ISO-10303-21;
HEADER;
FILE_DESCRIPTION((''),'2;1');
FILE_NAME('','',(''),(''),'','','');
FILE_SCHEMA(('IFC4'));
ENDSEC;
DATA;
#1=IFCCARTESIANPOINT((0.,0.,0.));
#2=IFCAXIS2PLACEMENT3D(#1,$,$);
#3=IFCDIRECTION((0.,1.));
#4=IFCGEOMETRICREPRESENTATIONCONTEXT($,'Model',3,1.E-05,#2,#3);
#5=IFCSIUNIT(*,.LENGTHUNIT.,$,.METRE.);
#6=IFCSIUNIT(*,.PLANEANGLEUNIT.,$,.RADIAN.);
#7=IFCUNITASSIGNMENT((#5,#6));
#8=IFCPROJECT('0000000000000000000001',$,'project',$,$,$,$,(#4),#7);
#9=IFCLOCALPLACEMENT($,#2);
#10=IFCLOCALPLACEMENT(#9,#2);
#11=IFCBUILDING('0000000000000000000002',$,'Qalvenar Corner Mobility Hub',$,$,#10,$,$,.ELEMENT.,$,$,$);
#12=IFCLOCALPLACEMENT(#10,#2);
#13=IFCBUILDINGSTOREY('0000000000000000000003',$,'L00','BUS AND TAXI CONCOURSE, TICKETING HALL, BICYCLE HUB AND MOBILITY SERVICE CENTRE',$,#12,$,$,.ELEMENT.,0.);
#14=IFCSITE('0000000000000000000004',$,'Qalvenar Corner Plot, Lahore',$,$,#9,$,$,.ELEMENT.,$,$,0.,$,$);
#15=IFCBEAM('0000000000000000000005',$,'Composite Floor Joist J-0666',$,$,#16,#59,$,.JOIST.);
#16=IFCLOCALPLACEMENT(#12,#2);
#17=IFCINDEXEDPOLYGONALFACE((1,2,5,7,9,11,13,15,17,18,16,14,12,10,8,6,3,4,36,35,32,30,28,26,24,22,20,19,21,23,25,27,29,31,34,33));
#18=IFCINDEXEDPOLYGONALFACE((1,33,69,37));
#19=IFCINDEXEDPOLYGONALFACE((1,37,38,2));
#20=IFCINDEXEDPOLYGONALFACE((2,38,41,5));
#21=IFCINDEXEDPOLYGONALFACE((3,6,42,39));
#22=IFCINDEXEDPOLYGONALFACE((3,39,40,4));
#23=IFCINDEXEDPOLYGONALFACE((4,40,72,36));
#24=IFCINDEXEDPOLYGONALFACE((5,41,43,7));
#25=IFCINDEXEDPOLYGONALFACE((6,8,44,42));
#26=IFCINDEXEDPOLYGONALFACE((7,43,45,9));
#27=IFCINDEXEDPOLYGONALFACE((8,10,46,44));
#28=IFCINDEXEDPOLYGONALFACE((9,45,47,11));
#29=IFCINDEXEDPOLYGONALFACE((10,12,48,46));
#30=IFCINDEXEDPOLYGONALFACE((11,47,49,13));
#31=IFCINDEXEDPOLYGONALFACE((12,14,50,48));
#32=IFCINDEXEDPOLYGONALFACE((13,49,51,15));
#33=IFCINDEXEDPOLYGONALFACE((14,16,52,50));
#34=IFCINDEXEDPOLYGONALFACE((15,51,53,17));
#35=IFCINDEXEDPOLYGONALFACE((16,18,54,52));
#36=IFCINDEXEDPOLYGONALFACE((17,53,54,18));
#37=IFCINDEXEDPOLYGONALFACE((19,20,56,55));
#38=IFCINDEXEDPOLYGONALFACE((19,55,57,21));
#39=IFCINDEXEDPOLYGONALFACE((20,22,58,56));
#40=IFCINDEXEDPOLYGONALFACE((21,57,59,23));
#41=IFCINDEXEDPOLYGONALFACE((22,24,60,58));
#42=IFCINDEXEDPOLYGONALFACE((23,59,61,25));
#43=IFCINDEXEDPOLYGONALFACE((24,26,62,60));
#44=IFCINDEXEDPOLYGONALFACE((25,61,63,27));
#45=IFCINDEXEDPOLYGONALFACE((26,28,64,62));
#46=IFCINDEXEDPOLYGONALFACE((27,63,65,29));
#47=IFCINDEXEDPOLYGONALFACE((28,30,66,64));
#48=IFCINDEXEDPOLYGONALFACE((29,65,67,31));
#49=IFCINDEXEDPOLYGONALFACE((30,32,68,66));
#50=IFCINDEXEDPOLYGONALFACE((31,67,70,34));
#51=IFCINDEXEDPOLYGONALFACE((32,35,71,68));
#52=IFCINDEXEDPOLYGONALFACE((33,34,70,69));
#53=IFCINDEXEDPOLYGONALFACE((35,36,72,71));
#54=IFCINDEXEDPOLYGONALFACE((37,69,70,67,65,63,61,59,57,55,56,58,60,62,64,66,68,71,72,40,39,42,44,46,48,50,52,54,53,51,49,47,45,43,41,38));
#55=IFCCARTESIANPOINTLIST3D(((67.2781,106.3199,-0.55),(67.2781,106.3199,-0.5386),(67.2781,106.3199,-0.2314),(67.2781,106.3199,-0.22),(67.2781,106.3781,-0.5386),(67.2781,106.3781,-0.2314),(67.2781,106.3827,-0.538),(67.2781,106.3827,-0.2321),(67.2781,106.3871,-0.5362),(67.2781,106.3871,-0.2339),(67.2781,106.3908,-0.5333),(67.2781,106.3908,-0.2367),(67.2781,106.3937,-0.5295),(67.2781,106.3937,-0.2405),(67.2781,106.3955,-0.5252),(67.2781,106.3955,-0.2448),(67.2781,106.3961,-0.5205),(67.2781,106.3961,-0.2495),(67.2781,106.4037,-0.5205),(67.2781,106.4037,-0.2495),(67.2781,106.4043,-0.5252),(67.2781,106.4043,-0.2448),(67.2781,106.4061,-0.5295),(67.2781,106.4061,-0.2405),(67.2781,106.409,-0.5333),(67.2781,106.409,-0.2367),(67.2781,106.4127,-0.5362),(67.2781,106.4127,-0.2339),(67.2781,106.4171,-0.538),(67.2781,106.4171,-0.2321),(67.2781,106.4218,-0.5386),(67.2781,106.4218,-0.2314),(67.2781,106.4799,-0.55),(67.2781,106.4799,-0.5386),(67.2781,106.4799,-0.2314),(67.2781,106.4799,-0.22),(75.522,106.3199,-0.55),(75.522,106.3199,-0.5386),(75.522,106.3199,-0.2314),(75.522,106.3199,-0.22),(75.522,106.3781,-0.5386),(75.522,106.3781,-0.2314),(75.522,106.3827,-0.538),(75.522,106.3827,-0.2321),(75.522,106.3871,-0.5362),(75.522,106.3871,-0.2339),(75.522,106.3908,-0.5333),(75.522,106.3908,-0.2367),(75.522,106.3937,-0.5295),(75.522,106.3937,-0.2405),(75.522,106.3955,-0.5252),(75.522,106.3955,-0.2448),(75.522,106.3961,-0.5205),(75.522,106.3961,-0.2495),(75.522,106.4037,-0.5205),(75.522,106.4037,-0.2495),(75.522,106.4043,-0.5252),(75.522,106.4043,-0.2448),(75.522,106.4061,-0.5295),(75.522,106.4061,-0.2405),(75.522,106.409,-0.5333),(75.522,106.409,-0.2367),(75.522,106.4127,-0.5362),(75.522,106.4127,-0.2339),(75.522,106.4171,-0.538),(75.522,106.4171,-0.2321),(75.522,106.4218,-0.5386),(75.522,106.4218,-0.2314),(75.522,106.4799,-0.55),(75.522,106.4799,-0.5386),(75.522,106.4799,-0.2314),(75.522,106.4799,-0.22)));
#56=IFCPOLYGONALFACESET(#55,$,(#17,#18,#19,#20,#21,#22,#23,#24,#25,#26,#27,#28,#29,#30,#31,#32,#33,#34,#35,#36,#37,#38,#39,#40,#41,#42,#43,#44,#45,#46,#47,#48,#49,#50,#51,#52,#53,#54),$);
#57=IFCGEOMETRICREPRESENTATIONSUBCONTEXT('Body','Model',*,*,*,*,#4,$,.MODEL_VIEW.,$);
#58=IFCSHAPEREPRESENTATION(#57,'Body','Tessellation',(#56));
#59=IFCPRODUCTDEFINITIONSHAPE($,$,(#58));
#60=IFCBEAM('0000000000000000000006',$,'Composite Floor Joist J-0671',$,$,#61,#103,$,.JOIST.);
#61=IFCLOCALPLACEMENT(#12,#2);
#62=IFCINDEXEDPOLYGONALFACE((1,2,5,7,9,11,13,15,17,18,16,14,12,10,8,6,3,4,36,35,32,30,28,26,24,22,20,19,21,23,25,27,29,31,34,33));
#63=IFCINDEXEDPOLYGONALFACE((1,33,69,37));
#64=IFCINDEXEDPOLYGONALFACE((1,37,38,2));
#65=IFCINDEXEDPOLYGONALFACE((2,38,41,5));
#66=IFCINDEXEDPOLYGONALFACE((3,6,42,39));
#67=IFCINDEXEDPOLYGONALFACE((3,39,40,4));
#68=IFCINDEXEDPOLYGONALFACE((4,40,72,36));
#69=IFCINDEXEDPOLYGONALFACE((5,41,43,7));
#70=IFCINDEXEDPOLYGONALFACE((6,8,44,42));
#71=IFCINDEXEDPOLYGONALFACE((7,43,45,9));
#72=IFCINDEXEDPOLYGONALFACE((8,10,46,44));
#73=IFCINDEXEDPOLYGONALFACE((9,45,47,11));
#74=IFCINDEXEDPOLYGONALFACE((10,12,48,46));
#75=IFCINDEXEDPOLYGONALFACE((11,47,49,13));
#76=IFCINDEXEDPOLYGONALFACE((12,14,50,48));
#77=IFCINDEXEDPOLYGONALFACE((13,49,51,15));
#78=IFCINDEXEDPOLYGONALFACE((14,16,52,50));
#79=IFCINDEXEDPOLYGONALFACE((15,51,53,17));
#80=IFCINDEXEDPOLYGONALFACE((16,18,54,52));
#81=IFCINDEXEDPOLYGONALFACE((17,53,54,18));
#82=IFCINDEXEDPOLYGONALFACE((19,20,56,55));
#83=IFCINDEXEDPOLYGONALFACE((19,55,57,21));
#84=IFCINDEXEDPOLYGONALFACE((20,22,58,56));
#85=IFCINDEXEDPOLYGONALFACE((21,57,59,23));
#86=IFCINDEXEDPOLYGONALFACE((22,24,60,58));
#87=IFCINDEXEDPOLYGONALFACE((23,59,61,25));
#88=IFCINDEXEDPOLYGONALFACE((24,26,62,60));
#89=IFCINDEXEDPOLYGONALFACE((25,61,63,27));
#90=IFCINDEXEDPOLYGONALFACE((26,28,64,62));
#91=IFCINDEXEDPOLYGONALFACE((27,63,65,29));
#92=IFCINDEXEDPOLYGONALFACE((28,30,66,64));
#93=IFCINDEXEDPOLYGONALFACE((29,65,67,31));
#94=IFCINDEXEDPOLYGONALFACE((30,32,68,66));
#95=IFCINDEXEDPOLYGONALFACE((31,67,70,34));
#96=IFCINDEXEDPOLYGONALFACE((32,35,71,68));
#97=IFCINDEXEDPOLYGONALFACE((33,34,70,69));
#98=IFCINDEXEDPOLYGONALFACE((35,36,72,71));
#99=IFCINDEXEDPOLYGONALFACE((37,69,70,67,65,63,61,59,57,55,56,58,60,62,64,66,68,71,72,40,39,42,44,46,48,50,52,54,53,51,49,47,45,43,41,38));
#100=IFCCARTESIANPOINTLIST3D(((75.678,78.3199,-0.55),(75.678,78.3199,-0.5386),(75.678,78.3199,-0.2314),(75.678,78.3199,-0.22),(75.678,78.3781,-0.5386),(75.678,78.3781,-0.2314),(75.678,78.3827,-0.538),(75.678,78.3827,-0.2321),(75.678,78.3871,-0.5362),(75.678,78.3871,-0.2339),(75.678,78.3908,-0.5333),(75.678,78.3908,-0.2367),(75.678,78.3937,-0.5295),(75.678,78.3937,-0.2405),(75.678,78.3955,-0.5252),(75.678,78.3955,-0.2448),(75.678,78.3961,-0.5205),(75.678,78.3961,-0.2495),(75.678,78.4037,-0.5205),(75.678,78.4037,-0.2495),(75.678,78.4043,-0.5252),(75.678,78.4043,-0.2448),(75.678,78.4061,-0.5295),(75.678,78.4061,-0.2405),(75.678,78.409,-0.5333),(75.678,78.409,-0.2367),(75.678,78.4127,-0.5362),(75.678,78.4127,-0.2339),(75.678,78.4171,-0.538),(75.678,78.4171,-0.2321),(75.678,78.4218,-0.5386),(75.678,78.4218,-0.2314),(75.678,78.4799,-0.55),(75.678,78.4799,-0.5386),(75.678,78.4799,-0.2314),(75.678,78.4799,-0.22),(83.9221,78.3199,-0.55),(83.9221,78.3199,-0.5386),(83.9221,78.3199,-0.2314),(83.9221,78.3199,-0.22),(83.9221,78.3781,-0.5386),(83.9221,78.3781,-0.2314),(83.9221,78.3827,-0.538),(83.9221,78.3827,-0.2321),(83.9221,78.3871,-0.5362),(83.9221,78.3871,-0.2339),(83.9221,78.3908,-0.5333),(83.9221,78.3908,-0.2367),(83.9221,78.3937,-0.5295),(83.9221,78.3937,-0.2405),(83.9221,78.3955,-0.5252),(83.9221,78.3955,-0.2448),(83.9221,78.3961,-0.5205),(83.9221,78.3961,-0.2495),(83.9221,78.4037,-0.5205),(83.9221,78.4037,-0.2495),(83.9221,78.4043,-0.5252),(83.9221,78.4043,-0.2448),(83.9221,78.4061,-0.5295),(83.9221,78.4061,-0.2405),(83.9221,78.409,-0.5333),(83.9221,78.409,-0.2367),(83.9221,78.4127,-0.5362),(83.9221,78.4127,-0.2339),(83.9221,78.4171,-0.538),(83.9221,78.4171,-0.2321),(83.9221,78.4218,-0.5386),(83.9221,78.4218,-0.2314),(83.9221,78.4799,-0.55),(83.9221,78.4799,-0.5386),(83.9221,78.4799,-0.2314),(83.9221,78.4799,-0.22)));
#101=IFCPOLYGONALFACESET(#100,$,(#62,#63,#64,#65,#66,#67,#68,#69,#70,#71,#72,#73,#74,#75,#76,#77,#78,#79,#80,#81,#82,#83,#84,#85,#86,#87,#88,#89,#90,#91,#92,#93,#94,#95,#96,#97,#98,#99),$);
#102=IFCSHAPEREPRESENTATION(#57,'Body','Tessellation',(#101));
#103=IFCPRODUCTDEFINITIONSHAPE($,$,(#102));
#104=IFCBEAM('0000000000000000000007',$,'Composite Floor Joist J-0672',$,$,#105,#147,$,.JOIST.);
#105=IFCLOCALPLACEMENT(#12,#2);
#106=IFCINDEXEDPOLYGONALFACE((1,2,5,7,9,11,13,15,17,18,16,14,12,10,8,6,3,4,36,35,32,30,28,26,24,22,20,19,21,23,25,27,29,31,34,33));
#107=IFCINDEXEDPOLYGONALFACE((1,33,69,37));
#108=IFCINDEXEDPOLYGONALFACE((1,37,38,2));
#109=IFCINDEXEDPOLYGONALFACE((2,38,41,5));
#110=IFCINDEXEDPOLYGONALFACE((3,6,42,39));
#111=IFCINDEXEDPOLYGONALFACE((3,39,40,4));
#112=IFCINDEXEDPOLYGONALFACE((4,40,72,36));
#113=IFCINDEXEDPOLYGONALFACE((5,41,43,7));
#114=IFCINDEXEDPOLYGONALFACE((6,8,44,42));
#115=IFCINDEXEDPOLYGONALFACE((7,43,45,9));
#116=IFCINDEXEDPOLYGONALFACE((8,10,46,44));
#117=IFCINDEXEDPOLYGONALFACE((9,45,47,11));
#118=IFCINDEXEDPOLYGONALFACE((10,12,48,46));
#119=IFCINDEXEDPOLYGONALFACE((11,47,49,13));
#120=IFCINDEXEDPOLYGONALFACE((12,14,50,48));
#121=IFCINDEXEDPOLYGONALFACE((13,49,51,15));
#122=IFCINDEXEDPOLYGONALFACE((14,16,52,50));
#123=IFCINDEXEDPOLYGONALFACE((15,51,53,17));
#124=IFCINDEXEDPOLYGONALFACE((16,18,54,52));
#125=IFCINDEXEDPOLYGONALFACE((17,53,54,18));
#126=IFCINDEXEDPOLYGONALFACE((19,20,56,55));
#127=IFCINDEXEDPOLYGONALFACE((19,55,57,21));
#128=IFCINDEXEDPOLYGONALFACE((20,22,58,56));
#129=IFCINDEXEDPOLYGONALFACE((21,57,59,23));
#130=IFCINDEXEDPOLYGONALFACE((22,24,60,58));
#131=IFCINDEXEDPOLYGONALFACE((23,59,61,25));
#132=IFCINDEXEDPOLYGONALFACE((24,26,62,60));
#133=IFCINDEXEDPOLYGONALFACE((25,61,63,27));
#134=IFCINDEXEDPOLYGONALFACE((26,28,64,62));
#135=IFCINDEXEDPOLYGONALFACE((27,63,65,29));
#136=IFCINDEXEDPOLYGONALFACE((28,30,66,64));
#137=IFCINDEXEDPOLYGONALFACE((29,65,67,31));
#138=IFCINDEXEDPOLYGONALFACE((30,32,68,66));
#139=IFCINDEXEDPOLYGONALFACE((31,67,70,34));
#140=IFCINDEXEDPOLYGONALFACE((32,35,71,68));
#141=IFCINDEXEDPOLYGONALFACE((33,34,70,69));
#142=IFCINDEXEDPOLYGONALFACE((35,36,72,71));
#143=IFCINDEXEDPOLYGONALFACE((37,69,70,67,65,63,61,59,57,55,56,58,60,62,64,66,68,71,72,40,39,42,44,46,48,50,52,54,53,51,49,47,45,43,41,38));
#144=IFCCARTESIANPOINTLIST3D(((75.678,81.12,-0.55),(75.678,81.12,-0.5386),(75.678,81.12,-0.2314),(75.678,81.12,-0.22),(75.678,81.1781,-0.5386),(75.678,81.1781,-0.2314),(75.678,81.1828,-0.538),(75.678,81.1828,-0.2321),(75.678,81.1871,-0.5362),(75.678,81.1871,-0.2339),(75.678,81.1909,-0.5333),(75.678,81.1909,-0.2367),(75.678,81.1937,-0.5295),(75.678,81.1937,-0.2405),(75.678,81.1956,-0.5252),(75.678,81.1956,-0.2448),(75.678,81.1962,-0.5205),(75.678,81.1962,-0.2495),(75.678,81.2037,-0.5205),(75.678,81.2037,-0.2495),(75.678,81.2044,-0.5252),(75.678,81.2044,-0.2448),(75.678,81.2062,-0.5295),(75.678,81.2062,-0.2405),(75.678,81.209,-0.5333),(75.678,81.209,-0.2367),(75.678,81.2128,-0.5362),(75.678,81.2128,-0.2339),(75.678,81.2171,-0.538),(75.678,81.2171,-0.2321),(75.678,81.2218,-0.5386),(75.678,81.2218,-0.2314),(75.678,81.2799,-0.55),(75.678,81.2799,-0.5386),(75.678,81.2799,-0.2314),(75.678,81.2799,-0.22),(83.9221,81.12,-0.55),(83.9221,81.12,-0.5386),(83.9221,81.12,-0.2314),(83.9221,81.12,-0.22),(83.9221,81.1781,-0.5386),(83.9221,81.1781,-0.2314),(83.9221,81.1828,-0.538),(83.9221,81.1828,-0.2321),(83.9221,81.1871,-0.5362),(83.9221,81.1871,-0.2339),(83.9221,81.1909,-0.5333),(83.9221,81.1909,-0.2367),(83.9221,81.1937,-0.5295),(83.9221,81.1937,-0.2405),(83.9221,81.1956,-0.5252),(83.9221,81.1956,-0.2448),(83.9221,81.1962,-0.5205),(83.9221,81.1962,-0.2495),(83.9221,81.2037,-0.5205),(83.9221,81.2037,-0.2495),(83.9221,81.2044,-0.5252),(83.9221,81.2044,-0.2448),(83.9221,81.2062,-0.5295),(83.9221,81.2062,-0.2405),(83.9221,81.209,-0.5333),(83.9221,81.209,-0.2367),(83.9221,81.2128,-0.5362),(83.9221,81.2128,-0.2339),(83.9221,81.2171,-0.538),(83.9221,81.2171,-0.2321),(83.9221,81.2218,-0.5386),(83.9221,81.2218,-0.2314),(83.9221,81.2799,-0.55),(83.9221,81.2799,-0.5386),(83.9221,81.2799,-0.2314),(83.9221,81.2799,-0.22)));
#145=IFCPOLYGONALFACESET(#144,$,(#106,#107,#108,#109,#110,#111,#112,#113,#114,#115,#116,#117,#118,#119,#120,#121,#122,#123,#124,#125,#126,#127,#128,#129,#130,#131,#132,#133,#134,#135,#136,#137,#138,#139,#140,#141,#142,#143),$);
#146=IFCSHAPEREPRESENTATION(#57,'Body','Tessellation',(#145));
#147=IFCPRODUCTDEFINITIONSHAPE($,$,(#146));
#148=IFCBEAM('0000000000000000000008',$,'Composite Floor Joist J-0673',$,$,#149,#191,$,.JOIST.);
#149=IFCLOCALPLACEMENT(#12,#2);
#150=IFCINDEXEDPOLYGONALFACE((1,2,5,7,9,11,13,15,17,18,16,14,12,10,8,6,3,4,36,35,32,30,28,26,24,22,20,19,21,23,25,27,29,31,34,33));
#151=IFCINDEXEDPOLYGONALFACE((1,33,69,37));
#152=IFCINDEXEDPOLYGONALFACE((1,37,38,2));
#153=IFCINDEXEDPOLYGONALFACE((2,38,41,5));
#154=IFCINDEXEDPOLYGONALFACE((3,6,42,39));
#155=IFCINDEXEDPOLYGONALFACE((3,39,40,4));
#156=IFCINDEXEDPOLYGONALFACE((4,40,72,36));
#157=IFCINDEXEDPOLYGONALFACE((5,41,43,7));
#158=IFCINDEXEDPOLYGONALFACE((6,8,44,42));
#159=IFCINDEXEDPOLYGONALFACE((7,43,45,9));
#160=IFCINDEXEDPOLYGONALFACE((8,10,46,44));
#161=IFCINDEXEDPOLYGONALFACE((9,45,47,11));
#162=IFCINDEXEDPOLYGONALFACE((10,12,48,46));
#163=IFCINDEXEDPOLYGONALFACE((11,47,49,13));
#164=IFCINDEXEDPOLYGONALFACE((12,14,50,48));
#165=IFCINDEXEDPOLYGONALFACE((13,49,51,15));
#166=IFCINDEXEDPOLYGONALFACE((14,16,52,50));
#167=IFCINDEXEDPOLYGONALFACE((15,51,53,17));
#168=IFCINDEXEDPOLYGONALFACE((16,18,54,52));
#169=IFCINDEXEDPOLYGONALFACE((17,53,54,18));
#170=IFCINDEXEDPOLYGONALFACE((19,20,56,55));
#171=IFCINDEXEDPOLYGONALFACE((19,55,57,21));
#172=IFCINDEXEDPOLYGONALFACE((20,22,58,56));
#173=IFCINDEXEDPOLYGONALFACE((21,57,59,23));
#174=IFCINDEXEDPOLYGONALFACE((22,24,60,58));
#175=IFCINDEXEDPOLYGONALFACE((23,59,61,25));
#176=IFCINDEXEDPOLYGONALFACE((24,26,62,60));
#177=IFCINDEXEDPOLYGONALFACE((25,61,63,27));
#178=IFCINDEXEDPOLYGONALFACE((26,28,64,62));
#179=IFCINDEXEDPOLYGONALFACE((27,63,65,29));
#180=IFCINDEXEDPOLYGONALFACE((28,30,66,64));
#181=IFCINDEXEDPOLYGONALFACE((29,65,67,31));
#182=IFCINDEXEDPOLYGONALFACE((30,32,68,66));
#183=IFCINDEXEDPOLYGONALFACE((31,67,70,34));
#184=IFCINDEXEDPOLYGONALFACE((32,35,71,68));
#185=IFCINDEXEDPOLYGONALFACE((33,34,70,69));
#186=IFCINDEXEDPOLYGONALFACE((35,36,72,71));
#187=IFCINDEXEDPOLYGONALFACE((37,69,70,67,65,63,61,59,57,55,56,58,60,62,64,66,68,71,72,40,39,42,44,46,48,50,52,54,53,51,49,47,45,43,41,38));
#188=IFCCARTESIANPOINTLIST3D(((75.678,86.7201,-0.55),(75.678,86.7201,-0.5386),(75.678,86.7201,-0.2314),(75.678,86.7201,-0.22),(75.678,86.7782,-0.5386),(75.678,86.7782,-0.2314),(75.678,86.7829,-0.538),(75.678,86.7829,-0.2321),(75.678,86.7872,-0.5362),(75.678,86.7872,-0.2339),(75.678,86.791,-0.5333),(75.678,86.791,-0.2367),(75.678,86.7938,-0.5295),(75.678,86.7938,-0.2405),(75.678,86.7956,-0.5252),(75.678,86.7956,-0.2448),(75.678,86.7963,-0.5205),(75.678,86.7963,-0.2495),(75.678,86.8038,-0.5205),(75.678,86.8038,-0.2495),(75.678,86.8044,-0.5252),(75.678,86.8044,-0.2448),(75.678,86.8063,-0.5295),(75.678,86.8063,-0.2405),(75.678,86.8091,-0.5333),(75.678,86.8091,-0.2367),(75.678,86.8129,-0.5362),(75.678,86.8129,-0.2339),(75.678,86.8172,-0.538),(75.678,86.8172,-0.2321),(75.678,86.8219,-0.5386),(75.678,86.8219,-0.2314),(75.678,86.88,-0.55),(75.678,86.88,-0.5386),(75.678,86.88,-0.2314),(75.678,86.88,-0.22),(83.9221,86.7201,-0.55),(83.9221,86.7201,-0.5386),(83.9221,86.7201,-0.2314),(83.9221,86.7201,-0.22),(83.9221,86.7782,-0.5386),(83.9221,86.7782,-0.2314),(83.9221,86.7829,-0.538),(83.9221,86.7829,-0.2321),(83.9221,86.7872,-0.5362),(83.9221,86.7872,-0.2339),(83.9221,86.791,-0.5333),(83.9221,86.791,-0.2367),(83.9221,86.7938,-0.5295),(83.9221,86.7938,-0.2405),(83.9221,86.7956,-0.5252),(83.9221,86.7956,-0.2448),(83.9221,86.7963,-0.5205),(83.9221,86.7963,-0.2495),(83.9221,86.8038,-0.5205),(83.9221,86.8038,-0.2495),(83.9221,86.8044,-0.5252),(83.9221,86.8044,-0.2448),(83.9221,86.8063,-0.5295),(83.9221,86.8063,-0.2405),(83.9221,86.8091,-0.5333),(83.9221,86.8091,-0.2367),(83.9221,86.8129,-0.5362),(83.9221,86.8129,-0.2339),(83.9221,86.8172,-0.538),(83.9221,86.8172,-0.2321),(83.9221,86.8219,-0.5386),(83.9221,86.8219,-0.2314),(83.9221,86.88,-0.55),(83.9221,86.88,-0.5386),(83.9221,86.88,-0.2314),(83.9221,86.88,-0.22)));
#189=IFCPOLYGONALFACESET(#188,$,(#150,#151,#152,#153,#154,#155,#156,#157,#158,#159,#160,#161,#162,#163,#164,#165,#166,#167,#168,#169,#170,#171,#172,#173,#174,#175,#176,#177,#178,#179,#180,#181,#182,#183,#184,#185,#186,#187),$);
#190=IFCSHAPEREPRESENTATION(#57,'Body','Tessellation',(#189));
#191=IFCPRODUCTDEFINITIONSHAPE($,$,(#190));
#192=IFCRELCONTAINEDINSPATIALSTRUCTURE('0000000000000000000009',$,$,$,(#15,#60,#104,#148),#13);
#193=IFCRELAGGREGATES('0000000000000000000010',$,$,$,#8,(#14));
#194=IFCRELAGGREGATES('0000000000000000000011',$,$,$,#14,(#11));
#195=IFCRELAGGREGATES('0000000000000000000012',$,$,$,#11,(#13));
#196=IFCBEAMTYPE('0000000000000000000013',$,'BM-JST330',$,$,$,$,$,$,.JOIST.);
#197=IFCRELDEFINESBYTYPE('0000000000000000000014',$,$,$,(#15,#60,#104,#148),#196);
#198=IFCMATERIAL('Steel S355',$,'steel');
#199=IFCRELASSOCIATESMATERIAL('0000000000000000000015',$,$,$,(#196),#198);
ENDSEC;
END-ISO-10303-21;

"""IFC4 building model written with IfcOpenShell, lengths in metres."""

from ifc_helpers import new_model, si_unit, direction, frame, origin, origin_2d, place, context, subcontext, project, spatial, i_section, extrude, material, material_profile, profile_set, type_object, element, save


model = new_model("IFC4")

# Units and contexts
model_context = context("Model", 3, precision=1e-05, world=origin(), true_north=direction((0.0, 1.0)))
body_context = subcontext(model_context, "Body", "Model", "MODEL_VIEW")
ifc_project = project(units=[si_unit("LENGTHUNIT", "METRE"), si_unit("PLANEANGLEUNIT", "RADIAN")], contexts=[model_context])

# Site, building, storey
site_placement = place(None, origin())
site = spatial("IfcSite", under=ifc_project, at=site_placement, Name="Qalvenar Corner Plot, Lahore", CompositionType="ELEMENT", RefElevation=0.0)
building_placement = place(site_placement, origin())
building = spatial("IfcBuilding", under=site, at=building_placement, Name="Qalvenar Corner Mobility Hub", CompositionType="ELEMENT")
storey_placement = place(building_placement, origin())
storey = spatial("IfcBuildingStorey", under=building, at=storey_placement, Name="L00", Description="BUS AND TAXI CONCOURSE, TICKETING HALL, BICYCLE HUB AND MOBILITY SERVICE CENTRE", CompositionType="ELEMENT", Elevation=0.0)

# Shared definitions
ifc_material_1 = material(Name="Steel S355", Category="steel")

# Beams
ifc_material_profile_1 = material_profile(ifc_material_1, i_section(OverallWidth=0.1599, OverallDepth=0.3301, WebThickness=0.0076, FlangeThickness=0.0115, FilletRadius=0.0181, at=origin_2d()), Name="IPE330")
ifc_profile_set_1 = profile_set([ifc_material_profile_1], Name="Steel S355")
beam_type_1 = type_object("IfcBeamType", Name="BM-JST330", PredefinedType="JOIST", material=ifc_profile_set_1)
for number, where, z_axis, x_axis, name in (
    (1, (67.2781, 106.3999, -0.385), (1.0, 0.0, 0.0), (0.0, 1.0, 0.0), "Composite Floor Joist J-0666"),
):
    element("IfcBeam", number, at=place(storey_placement, frame(where, z_axis=z_axis, x_axis=x_axis)), inside=storey, type_object=beam_type_1, Name=name, PredefinedType="JOIST", context=body_context, shape_type="SweptSolid", body=[
        extrude(i_section(OverallWidth=0.1599, OverallDepth=0.3301, WebThickness=0.0076, FlangeThickness=0.0115, FilletRadius=0.0181, at=origin_2d()), origin(), (0.0, 0.0, 1.0), 8.2439),
    ])
for number, where, z_axis, x_axis, name in (
    (2, (75.678, 78.3999, -0.385), (1.0, 0.0, 0.0), (0.0, 1.0, 0.0), "Composite Floor Joist J-0671"),
    (3, (75.678, 81.2, -0.385), (1.0, 0.0, 0.0), (0.0, 1.0, 0.0), "Composite Floor Joist J-0672"),
    (4, (75.678, 86.8, -0.385), (1.0, 0.0, 0.0), (0.0, 1.0, 0.0), "Composite Floor Joist J-0673"),
):
    element("IfcBeam", number, at=place(storey_placement, frame(where, z_axis=z_axis, x_axis=x_axis)), inside=storey, type_object=beam_type_1, Name=name, PredefinedType="JOIST", context=body_context, shape_type="SweptSolid", body=[
        extrude(i_section(OverallWidth=0.1599, OverallDepth=0.3301, WebThickness=0.0076, FlangeThickness=0.0115, FilletRadius=0.0181, at=origin_2d()), origin(), (0.0, 0.0, 1.0), 8.2441),
    ])

save(model, "model.ifc")
